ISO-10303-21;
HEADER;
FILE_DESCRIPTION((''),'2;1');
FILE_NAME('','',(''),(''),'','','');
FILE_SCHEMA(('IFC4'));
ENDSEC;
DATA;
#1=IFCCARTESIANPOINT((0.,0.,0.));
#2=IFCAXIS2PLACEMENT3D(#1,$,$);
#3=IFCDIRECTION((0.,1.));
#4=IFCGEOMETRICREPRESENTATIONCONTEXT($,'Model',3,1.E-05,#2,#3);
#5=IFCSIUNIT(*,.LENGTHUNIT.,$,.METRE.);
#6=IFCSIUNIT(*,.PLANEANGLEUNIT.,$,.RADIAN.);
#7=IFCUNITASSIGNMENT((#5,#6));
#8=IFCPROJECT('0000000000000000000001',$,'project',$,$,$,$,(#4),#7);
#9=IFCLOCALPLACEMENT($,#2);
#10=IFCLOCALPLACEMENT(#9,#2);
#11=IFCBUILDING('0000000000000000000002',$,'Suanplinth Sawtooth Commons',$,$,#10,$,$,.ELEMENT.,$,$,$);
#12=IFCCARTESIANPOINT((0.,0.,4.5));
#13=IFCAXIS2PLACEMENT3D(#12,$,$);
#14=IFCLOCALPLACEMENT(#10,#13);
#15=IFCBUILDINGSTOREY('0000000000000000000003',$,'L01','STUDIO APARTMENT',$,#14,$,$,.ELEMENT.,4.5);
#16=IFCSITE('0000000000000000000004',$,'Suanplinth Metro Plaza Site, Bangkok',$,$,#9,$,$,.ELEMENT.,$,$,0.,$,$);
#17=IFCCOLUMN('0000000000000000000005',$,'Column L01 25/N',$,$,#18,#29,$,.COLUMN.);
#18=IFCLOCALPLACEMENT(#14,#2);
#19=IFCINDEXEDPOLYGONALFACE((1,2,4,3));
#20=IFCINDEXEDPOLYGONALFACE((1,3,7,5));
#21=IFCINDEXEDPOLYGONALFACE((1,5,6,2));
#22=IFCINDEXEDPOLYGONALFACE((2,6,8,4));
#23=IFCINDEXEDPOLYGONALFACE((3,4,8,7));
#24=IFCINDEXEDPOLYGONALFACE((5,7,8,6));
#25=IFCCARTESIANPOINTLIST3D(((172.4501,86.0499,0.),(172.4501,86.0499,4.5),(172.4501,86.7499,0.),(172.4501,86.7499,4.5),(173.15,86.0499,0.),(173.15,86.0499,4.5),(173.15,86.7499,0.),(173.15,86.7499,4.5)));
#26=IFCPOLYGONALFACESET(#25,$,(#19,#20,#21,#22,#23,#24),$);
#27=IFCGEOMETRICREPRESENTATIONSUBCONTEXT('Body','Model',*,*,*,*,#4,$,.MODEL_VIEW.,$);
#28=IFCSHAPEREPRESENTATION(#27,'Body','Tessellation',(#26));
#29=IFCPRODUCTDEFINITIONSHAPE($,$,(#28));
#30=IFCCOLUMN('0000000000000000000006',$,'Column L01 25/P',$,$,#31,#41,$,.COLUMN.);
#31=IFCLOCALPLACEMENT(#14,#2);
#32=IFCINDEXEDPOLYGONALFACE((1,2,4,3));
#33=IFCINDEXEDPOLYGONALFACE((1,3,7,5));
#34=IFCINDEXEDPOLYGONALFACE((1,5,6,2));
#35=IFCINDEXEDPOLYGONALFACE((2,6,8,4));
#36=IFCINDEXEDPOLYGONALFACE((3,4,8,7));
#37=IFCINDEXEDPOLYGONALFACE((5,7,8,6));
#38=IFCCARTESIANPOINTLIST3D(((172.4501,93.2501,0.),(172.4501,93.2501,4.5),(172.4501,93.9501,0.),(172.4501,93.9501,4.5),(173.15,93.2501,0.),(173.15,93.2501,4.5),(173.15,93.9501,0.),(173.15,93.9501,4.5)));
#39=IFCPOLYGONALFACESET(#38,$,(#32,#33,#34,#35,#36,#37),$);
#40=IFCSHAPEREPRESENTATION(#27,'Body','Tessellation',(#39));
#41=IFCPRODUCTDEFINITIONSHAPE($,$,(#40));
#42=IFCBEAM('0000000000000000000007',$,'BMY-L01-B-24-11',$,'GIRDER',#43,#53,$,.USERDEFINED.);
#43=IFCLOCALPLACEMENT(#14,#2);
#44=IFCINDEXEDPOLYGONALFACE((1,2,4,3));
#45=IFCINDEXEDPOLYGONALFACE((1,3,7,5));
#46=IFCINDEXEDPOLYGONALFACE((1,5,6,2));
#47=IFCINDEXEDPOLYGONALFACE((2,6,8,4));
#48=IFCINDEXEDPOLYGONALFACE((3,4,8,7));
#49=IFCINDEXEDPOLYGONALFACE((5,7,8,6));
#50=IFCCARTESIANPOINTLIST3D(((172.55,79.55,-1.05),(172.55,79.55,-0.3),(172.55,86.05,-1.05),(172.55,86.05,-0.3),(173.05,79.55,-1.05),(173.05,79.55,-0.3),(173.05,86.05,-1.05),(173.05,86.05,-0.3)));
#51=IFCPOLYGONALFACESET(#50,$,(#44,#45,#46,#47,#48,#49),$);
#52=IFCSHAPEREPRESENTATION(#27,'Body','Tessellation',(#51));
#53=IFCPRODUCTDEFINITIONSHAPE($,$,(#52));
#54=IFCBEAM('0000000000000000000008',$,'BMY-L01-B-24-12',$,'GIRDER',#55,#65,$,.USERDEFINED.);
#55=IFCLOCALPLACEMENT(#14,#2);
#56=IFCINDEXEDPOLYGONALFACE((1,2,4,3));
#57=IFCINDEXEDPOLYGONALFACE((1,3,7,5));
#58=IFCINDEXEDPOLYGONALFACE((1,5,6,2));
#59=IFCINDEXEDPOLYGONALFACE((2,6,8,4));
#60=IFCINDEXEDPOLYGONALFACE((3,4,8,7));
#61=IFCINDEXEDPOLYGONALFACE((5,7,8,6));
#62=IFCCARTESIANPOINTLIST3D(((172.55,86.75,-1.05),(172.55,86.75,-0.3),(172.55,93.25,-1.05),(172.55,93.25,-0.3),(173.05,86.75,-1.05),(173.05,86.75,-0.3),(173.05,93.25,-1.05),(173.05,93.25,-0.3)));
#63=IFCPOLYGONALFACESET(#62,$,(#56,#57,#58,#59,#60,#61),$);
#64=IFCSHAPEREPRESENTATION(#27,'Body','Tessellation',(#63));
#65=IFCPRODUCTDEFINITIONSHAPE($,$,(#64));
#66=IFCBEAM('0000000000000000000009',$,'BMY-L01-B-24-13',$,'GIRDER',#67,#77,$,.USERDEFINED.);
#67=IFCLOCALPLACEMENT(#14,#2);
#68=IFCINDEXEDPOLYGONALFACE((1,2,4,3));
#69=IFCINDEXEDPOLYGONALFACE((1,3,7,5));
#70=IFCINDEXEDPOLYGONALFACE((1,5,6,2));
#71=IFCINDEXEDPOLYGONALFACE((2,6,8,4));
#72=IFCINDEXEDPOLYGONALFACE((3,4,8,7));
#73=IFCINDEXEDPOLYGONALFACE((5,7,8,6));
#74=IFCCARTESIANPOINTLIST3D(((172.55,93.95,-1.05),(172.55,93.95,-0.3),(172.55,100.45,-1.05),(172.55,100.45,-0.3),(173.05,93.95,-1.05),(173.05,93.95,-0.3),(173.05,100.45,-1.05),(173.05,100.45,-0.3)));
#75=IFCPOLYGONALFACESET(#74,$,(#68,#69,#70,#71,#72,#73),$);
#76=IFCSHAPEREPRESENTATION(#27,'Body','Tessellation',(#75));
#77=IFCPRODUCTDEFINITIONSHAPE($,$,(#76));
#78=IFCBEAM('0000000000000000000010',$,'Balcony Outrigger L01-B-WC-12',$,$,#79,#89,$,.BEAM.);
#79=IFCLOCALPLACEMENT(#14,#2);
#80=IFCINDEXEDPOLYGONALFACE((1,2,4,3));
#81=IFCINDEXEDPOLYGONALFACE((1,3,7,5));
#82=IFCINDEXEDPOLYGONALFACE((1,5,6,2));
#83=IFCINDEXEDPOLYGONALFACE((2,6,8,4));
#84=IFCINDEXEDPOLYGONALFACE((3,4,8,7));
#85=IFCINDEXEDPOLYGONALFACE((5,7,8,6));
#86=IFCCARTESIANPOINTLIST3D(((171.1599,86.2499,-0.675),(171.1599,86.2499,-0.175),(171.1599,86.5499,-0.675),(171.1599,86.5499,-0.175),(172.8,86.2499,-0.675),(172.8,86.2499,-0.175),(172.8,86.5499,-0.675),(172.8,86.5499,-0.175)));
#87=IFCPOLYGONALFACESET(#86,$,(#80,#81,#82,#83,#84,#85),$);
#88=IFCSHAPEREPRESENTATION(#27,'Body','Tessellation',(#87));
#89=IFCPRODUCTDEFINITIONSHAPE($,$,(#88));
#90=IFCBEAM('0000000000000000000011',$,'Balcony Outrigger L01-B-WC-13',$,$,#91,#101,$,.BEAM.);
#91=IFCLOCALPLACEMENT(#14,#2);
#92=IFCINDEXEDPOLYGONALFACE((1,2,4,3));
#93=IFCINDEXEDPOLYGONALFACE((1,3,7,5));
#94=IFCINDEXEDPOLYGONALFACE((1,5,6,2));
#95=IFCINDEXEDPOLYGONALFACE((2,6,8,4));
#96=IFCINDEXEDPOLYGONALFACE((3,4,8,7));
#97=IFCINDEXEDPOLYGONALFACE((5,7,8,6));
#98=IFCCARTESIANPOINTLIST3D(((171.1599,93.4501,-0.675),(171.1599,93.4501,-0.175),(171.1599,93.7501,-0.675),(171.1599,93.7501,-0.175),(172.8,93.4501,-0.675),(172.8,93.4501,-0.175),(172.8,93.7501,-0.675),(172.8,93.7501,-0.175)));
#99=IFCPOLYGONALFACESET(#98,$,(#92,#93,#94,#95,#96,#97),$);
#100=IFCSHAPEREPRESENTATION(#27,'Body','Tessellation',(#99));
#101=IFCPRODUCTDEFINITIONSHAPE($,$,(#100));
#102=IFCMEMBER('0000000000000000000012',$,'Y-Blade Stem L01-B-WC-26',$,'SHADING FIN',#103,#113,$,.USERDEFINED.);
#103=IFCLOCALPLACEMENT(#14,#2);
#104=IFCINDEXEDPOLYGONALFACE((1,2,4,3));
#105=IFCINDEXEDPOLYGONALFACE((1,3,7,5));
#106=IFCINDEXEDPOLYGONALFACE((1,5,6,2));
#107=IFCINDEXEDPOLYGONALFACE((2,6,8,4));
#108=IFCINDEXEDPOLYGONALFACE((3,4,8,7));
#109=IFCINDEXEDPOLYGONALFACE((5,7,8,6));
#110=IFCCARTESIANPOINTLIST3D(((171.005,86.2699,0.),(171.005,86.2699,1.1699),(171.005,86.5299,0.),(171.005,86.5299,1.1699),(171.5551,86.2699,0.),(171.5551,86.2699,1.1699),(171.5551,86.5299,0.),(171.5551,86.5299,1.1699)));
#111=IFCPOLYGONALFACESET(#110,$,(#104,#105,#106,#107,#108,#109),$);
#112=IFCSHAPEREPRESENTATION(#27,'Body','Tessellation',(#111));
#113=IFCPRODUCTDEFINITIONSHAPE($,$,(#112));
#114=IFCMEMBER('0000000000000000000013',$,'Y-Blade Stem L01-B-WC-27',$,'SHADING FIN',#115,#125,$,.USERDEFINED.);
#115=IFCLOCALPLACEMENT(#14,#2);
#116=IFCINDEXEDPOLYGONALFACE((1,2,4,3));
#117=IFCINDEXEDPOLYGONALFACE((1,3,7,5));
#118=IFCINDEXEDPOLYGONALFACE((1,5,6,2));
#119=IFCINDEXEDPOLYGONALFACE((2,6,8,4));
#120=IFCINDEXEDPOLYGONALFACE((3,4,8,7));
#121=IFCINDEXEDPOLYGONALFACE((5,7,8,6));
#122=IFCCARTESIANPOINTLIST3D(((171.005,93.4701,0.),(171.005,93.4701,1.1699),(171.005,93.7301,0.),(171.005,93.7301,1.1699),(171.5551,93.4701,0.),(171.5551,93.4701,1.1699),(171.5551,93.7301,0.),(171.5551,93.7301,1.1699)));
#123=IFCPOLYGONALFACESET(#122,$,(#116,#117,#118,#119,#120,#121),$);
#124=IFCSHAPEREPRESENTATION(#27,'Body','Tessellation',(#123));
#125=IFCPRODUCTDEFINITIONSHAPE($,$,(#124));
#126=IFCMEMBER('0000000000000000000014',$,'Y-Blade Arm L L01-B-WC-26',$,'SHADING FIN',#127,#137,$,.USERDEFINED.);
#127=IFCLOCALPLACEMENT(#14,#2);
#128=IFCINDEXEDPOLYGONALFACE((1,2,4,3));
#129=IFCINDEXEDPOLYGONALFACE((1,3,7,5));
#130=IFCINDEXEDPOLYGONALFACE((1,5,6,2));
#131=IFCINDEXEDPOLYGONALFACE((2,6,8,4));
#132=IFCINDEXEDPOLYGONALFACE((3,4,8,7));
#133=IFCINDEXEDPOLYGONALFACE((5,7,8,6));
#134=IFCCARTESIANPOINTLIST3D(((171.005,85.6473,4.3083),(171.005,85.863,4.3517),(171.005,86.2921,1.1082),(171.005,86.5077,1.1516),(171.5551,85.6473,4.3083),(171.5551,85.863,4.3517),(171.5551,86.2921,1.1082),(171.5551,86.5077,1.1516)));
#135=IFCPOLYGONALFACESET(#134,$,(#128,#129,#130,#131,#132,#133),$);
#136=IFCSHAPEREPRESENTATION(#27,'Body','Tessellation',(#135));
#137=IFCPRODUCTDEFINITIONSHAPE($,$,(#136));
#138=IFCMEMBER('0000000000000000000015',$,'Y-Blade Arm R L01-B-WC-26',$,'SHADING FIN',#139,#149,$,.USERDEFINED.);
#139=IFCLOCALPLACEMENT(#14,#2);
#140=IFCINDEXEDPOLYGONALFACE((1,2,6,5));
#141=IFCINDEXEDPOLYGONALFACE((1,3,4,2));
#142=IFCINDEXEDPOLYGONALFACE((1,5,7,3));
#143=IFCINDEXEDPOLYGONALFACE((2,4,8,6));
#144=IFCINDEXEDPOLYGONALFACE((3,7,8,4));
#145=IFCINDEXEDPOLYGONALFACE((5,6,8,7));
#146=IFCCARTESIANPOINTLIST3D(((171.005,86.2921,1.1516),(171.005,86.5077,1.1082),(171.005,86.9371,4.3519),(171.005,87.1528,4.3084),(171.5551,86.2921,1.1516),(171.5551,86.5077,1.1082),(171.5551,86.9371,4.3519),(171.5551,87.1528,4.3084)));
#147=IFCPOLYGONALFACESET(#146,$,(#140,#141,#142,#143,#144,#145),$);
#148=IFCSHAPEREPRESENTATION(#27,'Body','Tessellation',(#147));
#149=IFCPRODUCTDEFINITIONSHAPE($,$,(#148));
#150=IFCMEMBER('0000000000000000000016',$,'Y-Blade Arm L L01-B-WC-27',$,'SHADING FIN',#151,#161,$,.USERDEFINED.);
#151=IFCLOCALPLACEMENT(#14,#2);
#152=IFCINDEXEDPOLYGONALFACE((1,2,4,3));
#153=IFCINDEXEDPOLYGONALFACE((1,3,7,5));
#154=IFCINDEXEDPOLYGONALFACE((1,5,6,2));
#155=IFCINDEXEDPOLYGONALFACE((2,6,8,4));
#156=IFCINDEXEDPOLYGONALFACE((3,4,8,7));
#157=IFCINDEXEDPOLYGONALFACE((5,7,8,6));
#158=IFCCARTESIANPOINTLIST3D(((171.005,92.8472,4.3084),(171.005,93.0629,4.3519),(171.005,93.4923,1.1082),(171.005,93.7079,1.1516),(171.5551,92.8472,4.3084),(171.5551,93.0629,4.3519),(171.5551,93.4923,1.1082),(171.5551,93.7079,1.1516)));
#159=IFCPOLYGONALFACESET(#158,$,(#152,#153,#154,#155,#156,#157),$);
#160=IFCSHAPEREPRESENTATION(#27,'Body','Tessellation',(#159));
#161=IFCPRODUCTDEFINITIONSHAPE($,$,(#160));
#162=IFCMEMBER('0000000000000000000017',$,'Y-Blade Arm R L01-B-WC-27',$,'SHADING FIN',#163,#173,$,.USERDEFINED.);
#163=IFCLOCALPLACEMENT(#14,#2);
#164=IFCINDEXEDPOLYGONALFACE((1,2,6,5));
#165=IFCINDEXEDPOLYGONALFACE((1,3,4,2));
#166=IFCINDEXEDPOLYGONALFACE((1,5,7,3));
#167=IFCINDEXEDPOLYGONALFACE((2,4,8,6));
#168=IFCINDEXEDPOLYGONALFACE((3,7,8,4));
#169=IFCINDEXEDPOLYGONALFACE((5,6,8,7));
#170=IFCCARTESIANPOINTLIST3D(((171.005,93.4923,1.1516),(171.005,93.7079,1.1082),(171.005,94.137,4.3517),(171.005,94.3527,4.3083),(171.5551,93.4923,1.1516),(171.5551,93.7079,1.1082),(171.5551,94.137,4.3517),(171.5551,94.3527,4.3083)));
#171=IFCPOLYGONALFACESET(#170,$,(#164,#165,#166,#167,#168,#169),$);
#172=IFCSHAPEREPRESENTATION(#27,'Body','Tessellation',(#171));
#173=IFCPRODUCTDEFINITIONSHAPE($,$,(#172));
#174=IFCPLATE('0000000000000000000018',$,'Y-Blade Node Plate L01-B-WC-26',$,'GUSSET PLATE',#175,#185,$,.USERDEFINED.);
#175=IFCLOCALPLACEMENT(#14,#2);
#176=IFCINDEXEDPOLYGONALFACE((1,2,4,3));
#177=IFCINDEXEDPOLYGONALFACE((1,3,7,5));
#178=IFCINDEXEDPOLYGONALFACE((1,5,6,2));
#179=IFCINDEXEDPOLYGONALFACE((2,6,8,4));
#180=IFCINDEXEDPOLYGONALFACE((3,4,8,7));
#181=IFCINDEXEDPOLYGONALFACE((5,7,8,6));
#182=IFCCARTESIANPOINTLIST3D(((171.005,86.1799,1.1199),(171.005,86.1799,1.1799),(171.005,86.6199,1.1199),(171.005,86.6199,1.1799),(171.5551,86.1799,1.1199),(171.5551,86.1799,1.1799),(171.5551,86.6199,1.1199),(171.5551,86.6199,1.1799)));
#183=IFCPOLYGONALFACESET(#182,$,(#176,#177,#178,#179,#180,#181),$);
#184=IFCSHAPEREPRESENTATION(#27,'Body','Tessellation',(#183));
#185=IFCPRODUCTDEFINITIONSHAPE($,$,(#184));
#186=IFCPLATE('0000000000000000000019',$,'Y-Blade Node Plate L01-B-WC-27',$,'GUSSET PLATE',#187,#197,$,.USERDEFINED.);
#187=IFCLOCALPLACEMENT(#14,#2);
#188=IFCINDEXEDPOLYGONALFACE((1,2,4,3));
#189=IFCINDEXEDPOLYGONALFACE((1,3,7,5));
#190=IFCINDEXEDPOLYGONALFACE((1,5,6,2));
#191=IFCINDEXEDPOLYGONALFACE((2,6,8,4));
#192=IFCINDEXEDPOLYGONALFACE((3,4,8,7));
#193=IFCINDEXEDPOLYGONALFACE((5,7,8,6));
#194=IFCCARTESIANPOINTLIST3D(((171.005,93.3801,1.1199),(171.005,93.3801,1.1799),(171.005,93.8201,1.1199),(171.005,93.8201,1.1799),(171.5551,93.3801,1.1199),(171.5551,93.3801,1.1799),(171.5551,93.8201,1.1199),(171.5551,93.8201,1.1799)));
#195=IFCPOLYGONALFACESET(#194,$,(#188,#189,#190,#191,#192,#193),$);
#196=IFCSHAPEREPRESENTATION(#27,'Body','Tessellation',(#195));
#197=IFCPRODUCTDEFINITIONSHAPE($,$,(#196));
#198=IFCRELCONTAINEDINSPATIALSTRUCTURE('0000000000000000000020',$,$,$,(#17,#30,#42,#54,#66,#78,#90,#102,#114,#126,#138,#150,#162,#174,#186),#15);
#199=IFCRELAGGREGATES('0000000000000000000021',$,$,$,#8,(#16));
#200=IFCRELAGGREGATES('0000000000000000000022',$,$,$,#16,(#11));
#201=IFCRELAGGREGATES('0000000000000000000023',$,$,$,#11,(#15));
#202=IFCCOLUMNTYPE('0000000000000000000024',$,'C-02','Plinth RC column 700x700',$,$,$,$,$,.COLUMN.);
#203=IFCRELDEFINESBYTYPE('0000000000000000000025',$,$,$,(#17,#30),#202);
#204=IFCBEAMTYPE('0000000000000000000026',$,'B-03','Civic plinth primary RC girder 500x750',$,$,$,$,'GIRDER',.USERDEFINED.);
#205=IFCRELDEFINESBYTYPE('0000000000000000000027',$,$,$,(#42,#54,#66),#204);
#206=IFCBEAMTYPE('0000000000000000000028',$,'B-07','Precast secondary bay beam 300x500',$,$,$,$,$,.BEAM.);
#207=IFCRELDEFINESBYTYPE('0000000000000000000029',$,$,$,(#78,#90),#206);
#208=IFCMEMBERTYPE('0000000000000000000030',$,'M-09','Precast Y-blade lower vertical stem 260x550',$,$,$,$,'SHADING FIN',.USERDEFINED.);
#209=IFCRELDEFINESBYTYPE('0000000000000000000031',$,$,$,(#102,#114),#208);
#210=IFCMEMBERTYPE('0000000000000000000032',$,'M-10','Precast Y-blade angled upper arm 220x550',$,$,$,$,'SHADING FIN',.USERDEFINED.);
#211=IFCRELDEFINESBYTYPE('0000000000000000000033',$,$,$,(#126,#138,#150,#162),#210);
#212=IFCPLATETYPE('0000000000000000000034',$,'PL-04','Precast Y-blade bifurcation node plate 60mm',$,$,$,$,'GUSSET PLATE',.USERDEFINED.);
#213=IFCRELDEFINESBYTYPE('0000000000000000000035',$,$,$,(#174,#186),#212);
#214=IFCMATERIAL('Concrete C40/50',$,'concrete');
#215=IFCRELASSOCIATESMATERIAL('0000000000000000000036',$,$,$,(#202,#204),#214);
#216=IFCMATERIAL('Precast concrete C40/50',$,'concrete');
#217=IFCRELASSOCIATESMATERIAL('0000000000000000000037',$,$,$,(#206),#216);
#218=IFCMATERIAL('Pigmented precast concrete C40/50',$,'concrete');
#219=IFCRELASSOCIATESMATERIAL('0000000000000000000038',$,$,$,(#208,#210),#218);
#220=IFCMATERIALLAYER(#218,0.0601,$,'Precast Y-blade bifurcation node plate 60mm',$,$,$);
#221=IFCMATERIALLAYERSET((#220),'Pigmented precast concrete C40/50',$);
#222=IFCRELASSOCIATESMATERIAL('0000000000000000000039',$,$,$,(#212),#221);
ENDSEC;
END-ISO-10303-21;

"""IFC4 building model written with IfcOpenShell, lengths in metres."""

from ifc_helpers import new_model, si_unit, direction, frame, origin, origin_2d, place, context, subcontext, project, spatial, rectangle, extrude, material, layer, layer_set, material_profile, profile_set, type_object, element, save


model = new_model("IFC4")

# Units and contexts
model_context = context("Model", 3, precision=1e-05, world=origin(), true_north=direction((0.0, 1.0)))
body_context = subcontext(model_context, "Body", "Model", "MODEL_VIEW")
ifc_project = project(units=[si_unit("LENGTHUNIT", "METRE"), si_unit("PLANEANGLEUNIT", "RADIAN")], contexts=[model_context])

# Site, building, storey
site_placement = place(None, origin())
site = spatial("IfcSite", under=ifc_project, at=site_placement, Name="Suanplinth Metro Plaza Site, Bangkok", CompositionType="ELEMENT", RefElevation=0.0)
building_placement = place(site_placement, origin())
building = spatial("IfcBuilding", under=site, at=building_placement, Name="Suanplinth Sawtooth Commons", CompositionType="ELEMENT")
storey_placement = place(building_placement, frame((0.0, 0.0, 4.5)))
storey = spatial("IfcBuildingStorey", under=building, at=storey_placement, Name="L01", Description="STUDIO APARTMENT", CompositionType="ELEMENT", Elevation=4.5)

# Columns
ifc_material_1 = material(Name="Concrete C40/50", Category="concrete")
ifc_material_profile_1 = material_profile(ifc_material_1, rectangle(XDim=0.7, YDim=0.7, at=origin_2d()), Name="RC-COL 700x700")
ifc_profile_set_1 = profile_set([ifc_material_profile_1], Name="Concrete C40/50")
column_type = type_object("IfcColumnType", Name="C-02", Description="Plinth RC column 700x700", PredefinedType="COLUMN", material=ifc_profile_set_1)
for number, where, z_axis, x_axis, name in (
    (1, (172.8, 86.3999, 0.0), (0.0, 0.0, 1.0), (1.0, 0.0, 0.0), "Column L01 25/N"),
    (2, (172.8, 93.6001, 0.0), (0.0, 0.0, 1.0), (1.0, 0.0, 0.0), "Column L01 25/P"),
):
    element("IfcColumn", number, at=place(storey_placement, frame(where, z_axis=z_axis, x_axis=x_axis)), inside=storey, type_object=column_type, Name=name, PredefinedType="COLUMN", context=body_context, shape_type="SweptSolid", body=[
        extrude(rectangle(XDim=0.7, YDim=0.7, at=origin_2d()), origin(), (0.0, 0.0, 1.0), 4.5),
    ])

# Beams
ifc_material_profile_2 = material_profile(ifc_material_1, rectangle(XDim=0.5, YDim=0.75, at=origin_2d()), Name="RC-GDR 500x750")
ifc_profile_set_2 = profile_set([ifc_material_profile_2], Name="Concrete C40/50")
beam_type_1 = type_object("IfcBeamType", Name="B-03", Description="Civic plinth primary RC girder 500x750", ElementType="GIRDER", PredefinedType="USERDEFINED", material=ifc_profile_set_2)
for number, where, z_axis, x_axis, name in (
    (3, (172.8, 79.55, -0.675), (0.0, 1.0, 0.0), (-1.0, 0.0, 0.0), "BMY-L01-B-24-11"),
    (4, (172.8, 86.75, -0.675), (0.0, 1.0, 0.0), (-1.0, 0.0, 0.0), "BMY-L01-B-24-12"),
    (5, (172.8, 93.95, -0.675), (0.0, 1.0, 0.0), (-1.0, 0.0, 0.0), "BMY-L01-B-24-13"),
):
    element("IfcBeam", number, at=place(storey_placement, frame(where, z_axis=z_axis, x_axis=x_axis)), inside=storey, type_object=beam_type_1, Name=name, ObjectType="GIRDER", PredefinedType="USERDEFINED", context=body_context, shape_type="SweptSolid", body=[
        extrude(rectangle(XDim=0.5, YDim=0.75, at=origin_2d()), origin(), (0.0, 0.0, 1.0), 6.5),
    ])
ifc_material_2 = material(Name="Precast concrete C40/50", Category="concrete")
ifc_material_profile_3 = material_profile(ifc_material_2, rectangle(XDim=0.3, YDim=0.5, at=origin_2d()), Name="PC-BM 300x500")
ifc_profile_set_3 = profile_set([ifc_material_profile_3], Name="Precast concrete C40/50")
beam_type_2 = type_object("IfcBeamType", Name="B-07", Description="Precast secondary bay beam 300x500", PredefinedType="BEAM", material=ifc_profile_set_3)
for number, where, z_axis, x_axis, name in (
    (6, (172.8, 86.3999, -0.425), (-1.0, 0.0, 0.0), (0.0, -1.0, 0.0), "Balcony Outrigger L01-B-WC-12"),
    (7, (172.8, 93.6001, -0.425), (-1.0, 0.0, 0.0), (0.0, -1.0, 0.0), "Balcony Outrigger L01-B-WC-13"),
):
    element("IfcBeam", number, at=place(storey_placement, frame(where, z_axis=z_axis, x_axis=x_axis)), inside=storey, type_object=beam_type_2, Name=name, PredefinedType="BEAM", context=body_context, shape_type="SweptSolid", body=[
        extrude(rectangle(XDim=0.3, YDim=0.5, at=origin_2d()), origin(), (0.0, 0.0, 1.0), 1.6401),
    ])

# Members
ifc_material_3 = material(Name="Pigmented precast concrete C40/50", Category="concrete")
ifc_material_profile_4 = material_profile(ifc_material_3, rectangle(XDim=0.26, YDim=0.55, at=origin_2d()), Name="PC-FIN 260x550")
ifc_profile_set_4 = profile_set([ifc_material_profile_4], Name="Pigmented precast concrete C40/50")
member_type_1 = type_object("IfcMemberType", Name="M-09", Description="Precast Y-blade lower vertical stem 260x550", ElementType="SHADING FIN", PredefinedType="USERDEFINED", material=ifc_profile_set_4)
for number, where, z_axis, x_axis, name in (
    (8, (171.28, 86.3999, 0.0), (0.0, 0.0, 1.0), (0.0, 1.0, 0.0), "Y-Blade Stem L01-B-WC-26"),
    (9, (171.28, 93.6001, 0.0), (0.0, 0.0, 1.0), (0.0, 1.0, 0.0), "Y-Blade Stem L01-B-WC-27"),
):
    element("IfcMember", number, at=place(storey_placement, frame(where, z_axis=z_axis, x_axis=x_axis)), inside=storey, type_object=member_type_1, Name=name, ObjectType="SHADING FIN", PredefinedType="USERDEFINED", context=body_context, shape_type="SweptSolid", body=[
        extrude(rectangle(XDim=0.26, YDim=0.55, at=origin_2d()), origin(), (0.0, 0.0, 1.0), 1.1699),
    ])
ifc_material_profile_5 = material_profile(ifc_material_3, rectangle(XDim=0.22, YDim=0.55, at=origin_2d()), Name="PC-FIN 220x550")
ifc_profile_set_5 = profile_set([ifc_material_profile_5], Name="Pigmented precast concrete C40/50")
member_type_2 = type_object("IfcMemberType", Name="M-10", Description="Precast Y-blade angled upper arm 220x550", ElementType="SHADING FIN", PredefinedType="USERDEFINED", material=ifc_profile_set_5)
member_1_placement = place(storey_placement, frame((171.28, 86.3999, 1.1299), z_axis=(0.0, -0.197511, 0.980301), x_axis=(0.0, 0.980301, 0.197511)))
element("IfcMember", 10, at=member_1_placement, inside=storey, type_object=member_type_2, Name="Y-Blade Arm L L01-B-WC-26", ObjectType="SHADING FIN", PredefinedType="USERDEFINED", context=body_context, shape_type="SweptSolid", body=[
    extrude(rectangle(XDim=0.22, YDim=0.55, at=origin_2d()), origin(), (0.0, 0.0, 1.0), 3.2644),
])
for number, where, z_axis, x_axis, name in (
    (11, (171.28, 86.3999, 1.1299), (0.0, 0.197583, 0.980286), (0.0, -0.980286, 0.197583), "Y-Blade Arm R L01-B-WC-26"),
    (12, (171.28, 93.6001, 1.1299), (0.0, -0.197583, 0.980286), (0.0, 0.980286, 0.197583), "Y-Blade Arm L L01-B-WC-27"),
):
    element("IfcMember", number, at=place(storey_placement, frame(where, z_axis=z_axis, x_axis=x_axis)), inside=storey, type_object=member_type_2, Name=name, ObjectType="SHADING FIN", PredefinedType="USERDEFINED", context=body_context, shape_type="SweptSolid", body=[
        extrude(rectangle(XDim=0.22, YDim=0.55, at=origin_2d()), origin(), (0.0, 0.0, 1.0), 3.2646),
    ])
member_2_placement = place(storey_placement, frame((171.28, 93.6001, 1.1299), z_axis=(0.0, 0.197511, 0.980301), x_axis=(0.0, -0.980301, 0.197511)))
element("IfcMember", 13, at=member_2_placement, inside=storey, type_object=member_type_2, Name="Y-Blade Arm R L01-B-WC-27", ObjectType="SHADING FIN", PredefinedType="USERDEFINED", context=body_context, shape_type="SweptSolid", body=[
    extrude(rectangle(XDim=0.22, YDim=0.55, at=origin_2d()), origin(), (0.0, 0.0, 1.0), 3.2644),
])

# Plates
ifc_layer_1 = layer(ifc_material_3, 0.0601, Name="Precast Y-blade bifurcation node plate 60mm")
ifc_layer_set_1 = layer_set([ifc_layer_1], Name="Pigmented precast concrete C40/50")
plate_type = type_object("IfcPlateType", Name="PL-04", Description="Precast Y-blade bifurcation node plate 60mm", ElementType="GUSSET PLATE", PredefinedType="USERDEFINED", material=ifc_layer_set_1)
for number, where, z_axis, x_axis, name in (
    (14, (171.28, 86.3999, 1.1199), (0.0, 0.0, 1.0), (0.0, 1.0, 0.0), "Y-Blade Node Plate L01-B-WC-26"),
    (15, (171.28, 93.6001, 1.1199), (0.0, 0.0, 1.0), (0.0, 1.0, 0.0), "Y-Blade Node Plate L01-B-WC-27"),
):
    element("IfcPlate", number, at=place(storey_placement, frame(where, z_axis=z_axis, x_axis=x_axis)), inside=storey, type_object=plate_type, Name=name, ObjectType="GUSSET PLATE", PredefinedType="USERDEFINED", context=body_context, shape_type="SweptSolid", body=[
        extrude(rectangle(XDim=0.4399, YDim=0.55, at=origin_2d()), origin(), (0.0, 0.0, 1.0), 0.0601),
    ])

save(model, "model.ifc")
